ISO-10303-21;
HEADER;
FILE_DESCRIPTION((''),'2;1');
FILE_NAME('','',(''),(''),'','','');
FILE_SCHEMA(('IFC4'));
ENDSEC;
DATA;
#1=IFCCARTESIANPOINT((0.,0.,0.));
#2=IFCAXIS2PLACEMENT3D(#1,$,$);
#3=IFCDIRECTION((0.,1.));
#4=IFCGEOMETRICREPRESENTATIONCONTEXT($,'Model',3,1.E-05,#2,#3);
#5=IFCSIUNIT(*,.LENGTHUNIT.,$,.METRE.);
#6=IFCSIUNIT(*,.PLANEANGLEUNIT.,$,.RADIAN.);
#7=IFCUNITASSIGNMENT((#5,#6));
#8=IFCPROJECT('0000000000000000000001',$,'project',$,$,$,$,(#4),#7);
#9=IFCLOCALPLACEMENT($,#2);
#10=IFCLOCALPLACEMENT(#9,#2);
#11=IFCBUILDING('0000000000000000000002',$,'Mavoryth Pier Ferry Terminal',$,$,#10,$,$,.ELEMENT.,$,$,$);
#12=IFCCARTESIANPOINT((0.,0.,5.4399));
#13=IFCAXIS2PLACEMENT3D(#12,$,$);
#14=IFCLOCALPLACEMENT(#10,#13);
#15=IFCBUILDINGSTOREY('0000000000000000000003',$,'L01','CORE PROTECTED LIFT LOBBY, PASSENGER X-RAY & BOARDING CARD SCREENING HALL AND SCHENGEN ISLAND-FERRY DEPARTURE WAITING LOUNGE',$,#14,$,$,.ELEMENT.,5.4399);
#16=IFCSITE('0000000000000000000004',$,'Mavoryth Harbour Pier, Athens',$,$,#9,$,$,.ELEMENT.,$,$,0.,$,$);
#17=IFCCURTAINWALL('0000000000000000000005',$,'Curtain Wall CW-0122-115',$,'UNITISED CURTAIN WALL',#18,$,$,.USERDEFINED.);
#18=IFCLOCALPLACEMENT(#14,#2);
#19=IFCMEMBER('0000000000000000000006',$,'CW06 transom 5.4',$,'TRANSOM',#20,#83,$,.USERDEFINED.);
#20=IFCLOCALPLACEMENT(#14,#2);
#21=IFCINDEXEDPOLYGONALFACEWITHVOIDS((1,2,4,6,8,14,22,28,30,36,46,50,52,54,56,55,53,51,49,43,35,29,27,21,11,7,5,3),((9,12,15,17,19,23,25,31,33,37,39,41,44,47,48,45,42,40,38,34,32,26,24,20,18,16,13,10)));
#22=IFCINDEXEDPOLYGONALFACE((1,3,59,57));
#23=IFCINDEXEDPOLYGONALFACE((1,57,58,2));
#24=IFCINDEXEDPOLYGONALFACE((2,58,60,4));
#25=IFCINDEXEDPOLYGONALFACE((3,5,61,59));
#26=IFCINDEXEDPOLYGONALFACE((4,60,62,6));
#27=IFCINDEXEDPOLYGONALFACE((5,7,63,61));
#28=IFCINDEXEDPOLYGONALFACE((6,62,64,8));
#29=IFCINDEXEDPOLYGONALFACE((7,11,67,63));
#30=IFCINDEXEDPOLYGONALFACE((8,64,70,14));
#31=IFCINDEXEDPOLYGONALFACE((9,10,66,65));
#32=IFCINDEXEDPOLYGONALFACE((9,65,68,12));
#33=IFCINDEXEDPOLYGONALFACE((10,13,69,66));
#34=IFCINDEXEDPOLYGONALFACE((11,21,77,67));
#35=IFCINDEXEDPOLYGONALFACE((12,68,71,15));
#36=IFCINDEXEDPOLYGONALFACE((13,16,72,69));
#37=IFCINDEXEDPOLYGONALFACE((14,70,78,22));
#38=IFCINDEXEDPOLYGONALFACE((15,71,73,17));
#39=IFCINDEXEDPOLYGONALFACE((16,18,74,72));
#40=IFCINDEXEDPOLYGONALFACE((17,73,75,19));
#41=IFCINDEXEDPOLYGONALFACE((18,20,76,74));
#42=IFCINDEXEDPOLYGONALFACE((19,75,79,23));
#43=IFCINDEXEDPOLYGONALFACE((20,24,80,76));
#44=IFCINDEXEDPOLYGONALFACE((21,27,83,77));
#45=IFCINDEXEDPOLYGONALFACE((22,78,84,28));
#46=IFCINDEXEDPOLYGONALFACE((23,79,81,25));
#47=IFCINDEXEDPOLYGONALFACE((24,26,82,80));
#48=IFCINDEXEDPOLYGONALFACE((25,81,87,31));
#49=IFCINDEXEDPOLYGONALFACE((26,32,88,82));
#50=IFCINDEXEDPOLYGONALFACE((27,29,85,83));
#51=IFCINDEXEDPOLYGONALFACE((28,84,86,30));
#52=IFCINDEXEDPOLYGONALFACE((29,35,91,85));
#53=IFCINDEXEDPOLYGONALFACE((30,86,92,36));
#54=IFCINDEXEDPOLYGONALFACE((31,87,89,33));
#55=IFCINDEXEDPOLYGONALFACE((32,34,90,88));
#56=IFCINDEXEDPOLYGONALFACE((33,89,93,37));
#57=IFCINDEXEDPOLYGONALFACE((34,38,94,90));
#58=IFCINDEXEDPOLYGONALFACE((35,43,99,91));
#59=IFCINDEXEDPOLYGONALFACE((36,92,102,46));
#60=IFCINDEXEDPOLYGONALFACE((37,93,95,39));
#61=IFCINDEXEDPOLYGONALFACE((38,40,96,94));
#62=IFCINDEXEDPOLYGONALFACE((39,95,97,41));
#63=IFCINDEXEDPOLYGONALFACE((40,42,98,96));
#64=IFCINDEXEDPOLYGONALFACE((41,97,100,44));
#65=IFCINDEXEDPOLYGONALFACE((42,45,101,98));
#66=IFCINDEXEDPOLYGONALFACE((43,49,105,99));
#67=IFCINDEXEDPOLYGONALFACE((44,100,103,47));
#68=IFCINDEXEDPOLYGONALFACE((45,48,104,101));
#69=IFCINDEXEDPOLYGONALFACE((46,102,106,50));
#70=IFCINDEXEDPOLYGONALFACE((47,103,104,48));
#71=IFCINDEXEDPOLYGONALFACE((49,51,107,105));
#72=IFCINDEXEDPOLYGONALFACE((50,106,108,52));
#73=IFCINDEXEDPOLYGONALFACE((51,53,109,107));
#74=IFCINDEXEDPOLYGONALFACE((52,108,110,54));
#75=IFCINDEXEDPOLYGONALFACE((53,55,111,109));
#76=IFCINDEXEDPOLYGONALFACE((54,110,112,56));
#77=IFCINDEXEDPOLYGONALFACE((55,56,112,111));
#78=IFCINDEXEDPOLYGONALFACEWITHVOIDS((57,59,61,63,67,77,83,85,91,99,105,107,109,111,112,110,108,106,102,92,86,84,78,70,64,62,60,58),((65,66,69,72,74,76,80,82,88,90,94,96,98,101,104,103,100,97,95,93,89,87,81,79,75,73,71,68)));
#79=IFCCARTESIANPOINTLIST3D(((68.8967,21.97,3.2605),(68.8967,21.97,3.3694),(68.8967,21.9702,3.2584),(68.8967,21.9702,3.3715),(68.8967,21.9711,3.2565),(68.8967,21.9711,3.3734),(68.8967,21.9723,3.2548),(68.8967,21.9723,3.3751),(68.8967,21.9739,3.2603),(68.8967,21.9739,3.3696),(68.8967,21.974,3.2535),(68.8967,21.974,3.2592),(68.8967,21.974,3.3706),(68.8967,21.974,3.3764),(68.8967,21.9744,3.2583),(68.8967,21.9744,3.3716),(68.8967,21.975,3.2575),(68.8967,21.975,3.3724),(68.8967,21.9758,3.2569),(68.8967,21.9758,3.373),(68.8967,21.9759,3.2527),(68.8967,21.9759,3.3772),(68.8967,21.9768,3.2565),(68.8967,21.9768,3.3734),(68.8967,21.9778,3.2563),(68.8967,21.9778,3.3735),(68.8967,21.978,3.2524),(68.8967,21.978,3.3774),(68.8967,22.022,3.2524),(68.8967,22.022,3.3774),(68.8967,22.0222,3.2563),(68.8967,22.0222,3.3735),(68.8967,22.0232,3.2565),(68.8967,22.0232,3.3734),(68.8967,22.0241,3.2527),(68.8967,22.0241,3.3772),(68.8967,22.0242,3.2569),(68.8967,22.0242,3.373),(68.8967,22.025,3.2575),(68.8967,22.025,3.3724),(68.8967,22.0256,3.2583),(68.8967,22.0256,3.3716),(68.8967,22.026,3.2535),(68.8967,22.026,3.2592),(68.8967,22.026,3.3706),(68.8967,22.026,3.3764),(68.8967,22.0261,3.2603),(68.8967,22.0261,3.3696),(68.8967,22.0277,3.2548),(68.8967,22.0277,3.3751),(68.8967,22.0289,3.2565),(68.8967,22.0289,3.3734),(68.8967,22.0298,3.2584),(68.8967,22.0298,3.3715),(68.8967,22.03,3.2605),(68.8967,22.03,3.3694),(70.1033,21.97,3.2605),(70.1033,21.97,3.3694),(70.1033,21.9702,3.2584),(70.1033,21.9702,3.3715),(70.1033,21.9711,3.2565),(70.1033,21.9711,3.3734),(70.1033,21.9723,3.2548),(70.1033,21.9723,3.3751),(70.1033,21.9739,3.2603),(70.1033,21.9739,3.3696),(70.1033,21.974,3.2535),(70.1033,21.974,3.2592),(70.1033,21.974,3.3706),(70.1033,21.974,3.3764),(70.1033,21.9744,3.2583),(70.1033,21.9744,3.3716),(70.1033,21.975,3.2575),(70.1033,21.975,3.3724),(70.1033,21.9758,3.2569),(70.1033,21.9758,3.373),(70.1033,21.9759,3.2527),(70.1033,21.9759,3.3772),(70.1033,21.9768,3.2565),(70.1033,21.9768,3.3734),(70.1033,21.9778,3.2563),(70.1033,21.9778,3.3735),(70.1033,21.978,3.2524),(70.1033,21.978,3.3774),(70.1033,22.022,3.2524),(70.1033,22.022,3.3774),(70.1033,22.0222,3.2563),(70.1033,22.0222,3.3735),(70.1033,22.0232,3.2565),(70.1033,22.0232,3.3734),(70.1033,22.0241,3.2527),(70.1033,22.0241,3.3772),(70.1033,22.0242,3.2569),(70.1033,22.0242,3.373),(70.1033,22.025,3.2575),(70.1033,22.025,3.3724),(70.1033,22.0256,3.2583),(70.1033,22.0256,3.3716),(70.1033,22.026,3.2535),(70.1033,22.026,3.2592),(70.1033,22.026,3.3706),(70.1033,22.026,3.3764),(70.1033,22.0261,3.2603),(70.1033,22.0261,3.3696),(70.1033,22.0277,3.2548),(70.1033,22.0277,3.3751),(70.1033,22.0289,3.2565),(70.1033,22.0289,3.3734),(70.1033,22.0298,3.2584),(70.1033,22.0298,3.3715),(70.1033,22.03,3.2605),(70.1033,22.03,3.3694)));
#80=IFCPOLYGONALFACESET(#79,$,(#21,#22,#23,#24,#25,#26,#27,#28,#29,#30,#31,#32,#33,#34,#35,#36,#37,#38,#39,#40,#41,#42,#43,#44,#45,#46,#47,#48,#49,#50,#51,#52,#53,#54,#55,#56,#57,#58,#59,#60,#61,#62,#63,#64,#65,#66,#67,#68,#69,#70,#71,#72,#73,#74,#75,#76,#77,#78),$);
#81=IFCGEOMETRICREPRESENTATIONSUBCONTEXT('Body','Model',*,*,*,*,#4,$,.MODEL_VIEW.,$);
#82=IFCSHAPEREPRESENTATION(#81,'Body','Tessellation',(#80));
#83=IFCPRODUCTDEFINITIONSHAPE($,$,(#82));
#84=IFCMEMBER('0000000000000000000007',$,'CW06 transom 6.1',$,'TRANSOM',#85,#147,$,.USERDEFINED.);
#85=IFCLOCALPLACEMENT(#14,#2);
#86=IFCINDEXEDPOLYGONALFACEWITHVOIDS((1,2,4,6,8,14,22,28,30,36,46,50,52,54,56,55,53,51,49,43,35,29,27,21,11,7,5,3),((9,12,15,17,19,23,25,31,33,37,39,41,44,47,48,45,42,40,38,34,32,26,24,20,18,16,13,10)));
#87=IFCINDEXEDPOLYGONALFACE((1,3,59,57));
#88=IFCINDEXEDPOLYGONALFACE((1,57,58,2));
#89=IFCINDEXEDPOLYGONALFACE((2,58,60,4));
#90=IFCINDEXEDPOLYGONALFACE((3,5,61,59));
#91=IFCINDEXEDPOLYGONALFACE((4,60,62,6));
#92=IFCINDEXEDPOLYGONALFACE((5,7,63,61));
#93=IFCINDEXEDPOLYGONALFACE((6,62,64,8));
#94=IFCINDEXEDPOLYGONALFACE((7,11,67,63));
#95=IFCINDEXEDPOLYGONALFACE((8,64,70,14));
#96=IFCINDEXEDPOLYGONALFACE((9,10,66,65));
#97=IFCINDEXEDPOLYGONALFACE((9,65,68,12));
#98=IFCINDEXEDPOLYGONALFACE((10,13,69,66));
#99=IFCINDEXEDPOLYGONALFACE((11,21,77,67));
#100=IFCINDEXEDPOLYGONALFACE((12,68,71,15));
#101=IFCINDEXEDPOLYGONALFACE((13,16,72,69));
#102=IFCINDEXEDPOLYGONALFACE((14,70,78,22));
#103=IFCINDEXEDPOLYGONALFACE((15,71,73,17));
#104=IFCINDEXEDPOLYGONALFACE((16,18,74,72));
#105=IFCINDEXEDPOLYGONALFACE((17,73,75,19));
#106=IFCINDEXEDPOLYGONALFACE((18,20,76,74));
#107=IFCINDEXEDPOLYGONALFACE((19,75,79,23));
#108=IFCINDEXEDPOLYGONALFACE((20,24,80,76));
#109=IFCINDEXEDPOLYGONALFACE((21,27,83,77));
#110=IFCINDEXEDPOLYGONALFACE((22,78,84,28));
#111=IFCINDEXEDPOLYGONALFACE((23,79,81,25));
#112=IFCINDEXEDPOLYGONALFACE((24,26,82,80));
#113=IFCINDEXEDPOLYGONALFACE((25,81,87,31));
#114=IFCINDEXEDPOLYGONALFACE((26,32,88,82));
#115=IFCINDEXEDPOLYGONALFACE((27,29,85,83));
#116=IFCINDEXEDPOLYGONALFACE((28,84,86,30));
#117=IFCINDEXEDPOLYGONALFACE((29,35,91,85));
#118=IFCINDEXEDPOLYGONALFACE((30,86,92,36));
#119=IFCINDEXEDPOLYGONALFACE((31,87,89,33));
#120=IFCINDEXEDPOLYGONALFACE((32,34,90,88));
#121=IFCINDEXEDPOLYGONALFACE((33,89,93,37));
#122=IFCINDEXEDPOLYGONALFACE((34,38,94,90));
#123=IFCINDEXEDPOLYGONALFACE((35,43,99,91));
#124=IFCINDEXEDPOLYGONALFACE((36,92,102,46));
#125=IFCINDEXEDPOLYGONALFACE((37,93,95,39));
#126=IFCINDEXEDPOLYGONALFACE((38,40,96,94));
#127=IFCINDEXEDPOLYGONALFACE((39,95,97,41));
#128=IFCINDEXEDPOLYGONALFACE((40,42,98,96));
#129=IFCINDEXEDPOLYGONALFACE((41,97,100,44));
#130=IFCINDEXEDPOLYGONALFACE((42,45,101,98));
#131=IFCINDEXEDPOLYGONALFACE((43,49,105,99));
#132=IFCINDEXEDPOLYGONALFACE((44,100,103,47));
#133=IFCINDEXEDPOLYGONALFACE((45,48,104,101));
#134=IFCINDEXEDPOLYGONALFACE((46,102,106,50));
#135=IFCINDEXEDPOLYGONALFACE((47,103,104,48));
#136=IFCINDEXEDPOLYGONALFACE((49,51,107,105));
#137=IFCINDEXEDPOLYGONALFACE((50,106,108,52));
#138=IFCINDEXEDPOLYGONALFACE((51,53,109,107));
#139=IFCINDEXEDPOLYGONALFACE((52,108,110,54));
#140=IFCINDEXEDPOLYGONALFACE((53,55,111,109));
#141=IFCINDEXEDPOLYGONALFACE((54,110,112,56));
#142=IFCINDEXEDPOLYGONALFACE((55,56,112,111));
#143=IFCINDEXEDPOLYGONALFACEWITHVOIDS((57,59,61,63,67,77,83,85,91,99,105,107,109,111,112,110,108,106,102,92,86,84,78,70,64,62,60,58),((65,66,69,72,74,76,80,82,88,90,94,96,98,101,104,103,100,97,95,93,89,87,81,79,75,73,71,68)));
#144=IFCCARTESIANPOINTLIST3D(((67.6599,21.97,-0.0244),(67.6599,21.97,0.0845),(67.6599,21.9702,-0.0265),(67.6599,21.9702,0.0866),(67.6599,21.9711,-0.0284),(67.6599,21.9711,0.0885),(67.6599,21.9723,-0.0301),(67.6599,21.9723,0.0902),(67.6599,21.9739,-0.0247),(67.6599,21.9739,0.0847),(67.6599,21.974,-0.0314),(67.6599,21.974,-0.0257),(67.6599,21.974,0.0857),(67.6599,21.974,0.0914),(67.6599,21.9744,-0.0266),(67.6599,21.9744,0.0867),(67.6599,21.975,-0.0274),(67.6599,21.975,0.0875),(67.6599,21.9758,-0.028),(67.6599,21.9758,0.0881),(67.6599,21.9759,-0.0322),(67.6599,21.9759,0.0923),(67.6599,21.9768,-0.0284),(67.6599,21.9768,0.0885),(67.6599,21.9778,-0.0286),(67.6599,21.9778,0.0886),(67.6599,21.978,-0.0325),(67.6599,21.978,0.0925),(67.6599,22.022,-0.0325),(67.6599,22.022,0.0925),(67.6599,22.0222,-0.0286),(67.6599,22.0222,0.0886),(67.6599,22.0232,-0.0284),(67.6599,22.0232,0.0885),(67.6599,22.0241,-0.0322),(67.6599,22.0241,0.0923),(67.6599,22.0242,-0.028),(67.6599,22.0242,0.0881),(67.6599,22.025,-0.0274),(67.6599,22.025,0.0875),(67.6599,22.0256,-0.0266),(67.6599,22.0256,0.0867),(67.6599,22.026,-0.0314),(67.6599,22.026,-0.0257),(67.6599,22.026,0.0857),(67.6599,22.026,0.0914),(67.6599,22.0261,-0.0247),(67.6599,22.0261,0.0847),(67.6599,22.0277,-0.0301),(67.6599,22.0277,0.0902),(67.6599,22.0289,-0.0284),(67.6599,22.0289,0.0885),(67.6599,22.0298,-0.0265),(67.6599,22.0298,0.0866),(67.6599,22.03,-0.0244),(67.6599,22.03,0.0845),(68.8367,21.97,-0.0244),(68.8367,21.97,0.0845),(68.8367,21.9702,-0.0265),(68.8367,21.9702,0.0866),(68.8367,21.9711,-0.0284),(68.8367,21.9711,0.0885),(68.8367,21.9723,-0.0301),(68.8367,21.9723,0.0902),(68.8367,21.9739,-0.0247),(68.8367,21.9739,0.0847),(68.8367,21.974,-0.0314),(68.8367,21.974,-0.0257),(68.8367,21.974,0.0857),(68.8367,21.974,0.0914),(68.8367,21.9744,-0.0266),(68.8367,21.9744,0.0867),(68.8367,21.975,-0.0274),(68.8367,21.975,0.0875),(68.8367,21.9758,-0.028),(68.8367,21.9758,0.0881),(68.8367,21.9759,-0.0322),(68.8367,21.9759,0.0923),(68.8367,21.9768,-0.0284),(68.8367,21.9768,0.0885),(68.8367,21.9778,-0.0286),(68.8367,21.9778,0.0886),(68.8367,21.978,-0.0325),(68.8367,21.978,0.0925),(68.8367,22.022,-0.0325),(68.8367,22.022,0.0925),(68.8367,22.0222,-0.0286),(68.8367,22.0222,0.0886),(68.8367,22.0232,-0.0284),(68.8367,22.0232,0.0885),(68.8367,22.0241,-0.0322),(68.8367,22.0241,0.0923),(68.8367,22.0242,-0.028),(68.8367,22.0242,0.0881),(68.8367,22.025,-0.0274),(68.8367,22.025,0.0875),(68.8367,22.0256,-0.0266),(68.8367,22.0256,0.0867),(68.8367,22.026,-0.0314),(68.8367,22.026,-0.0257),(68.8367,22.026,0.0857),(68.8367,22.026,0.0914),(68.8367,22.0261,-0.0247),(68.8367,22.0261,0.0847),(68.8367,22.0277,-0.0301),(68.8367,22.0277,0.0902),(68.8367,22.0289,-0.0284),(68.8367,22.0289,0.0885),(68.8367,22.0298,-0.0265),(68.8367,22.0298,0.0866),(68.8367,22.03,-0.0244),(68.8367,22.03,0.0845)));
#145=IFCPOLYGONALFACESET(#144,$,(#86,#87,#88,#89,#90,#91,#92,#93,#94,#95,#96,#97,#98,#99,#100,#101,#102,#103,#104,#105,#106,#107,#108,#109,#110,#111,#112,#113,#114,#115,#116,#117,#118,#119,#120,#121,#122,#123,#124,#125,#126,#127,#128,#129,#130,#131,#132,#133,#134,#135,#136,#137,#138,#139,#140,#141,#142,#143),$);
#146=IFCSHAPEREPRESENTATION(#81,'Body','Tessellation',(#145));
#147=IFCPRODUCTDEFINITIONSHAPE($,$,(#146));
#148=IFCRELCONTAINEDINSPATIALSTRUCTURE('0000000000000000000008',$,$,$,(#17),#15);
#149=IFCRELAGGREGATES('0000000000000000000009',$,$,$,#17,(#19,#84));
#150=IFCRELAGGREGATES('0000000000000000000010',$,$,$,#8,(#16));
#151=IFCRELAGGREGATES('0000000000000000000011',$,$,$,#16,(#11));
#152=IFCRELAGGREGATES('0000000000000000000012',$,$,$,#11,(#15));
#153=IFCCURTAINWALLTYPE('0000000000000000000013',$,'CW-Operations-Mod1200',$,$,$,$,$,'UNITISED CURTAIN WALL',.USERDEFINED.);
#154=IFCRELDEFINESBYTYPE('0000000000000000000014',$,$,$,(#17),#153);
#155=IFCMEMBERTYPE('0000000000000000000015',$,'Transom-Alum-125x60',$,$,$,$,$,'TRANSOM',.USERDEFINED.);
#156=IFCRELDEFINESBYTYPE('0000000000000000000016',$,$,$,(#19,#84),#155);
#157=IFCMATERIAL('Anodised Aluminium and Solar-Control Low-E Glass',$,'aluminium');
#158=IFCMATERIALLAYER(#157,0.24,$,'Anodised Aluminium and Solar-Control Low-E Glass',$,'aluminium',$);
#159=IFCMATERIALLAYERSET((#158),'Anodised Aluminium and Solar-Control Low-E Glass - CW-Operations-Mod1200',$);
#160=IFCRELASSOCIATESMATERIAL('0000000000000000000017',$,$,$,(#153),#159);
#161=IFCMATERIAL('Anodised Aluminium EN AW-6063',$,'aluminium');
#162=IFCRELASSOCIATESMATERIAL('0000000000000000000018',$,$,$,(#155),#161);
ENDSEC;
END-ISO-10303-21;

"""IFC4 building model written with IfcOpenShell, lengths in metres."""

from ifc_helpers import new_model, si_unit, direction, frame, origin, origin_2d, place, context, subcontext, project, spatial, hollow_rectangle, extrude, material, layer, layer_set, material_profile, profile_set, type_object, element, aggregate, save


model = new_model("IFC4")

# Units and contexts
model_context = context("Model", 3, precision=1e-05, world=origin(), true_north=direction((0.0, 1.0)))
body_context = subcontext(model_context, "Body", "Model", "MODEL_VIEW")
ifc_project = project(units=[si_unit("LENGTHUNIT", "METRE"), si_unit("PLANEANGLEUNIT", "RADIAN")], contexts=[model_context])

# Site, building, storey
site_placement = place(None, origin())
site = spatial("IfcSite", under=ifc_project, at=site_placement, Name="Mavoryth Harbour Pier, Athens", CompositionType="ELEMENT", RefElevation=0.0)
building_placement = place(site_placement, origin())
building = spatial("IfcBuilding", under=site, at=building_placement, Name="Mavoryth Pier Ferry Terminal", CompositionType="ELEMENT")
storey_placement = place(building_placement, frame((0.0, 0.0, 5.4399)))
storey = spatial("IfcBuildingStorey", under=building, at=storey_placement, Name="L01", Description="CORE PROTECTED LIFT LOBBY, PASSENGER X-RAY & BOARDING CARD SCREENING HALL AND SCHENGEN ISLAND-FERRY DEPARTURE WAITING LOUNGE", CompositionType="ELEMENT", Elevation=5.4399)

# Curtain wall
ifc_material_1 = material(Name="Anodised Aluminium and Solar-Control Low-E Glass", Category="aluminium")
ifc_layer_1 = layer(ifc_material_1, 0.24, Name="Anodised Aluminium and Solar-Control Low-E Glass", Category="aluminium")
ifc_layer_set_1 = layer_set([ifc_layer_1], Name="Anodised Aluminium and Solar-Control Low-E Glass - CW-Operations-Mod1200")
curtain_wall_type = type_object("IfcCurtainWallType", Name="CW-Operations-Mod1200", ElementType="UNITISED CURTAIN WALL", PredefinedType="USERDEFINED", material=ifc_layer_set_1)
ifc_material_2 = material(Name="Anodised Aluminium EN AW-6063", Category="aluminium")
curtain_wall_1_placement = place(storey_placement, origin())
curtain_wall_1 = element("IfcCurtainWall", 1, at=curtain_wall_1_placement, inside=storey, type_object=curtain_wall_type, Name="Curtain Wall CW-0122-115", ObjectType="UNITISED CURTAIN WALL", PredefinedType="USERDEFINED")

# Members
ifc_material_profile_1 = material_profile(ifc_material_2, hollow_rectangle(XDim=0.0601, YDim=0.125, WallThickness=0.0039, InnerFilletRadius=0.0039, OuterFilletRadius=0.0081, at=origin_2d()), Name="AL-TRAN 125x60x4", Category="aluminium")
ifc_profile_set_1 = profile_set([ifc_material_profile_1], Name="Anodised Aluminium EN AW-6063 - AL-TRAN 125x60x4")
member_type_1 = type_object("IfcMemberType", Name="Transom-Alum-125x60", ElementType="TRANSOM", PredefinedType="USERDEFINED", material=ifc_profile_set_1)
member_1_placement = place(storey_placement, frame((70.1033, 22.0, 3.3149), z_axis=(-1.0, 0.0, 0.0), x_axis=(0.0, -1.0, 0.0)))
member_1 = element("IfcMember", 2, at=member_1_placement, type_object=member_type_1, Name="CW06 transom 5.4", ObjectType="TRANSOM", PredefinedType="USERDEFINED", context=body_context, shape_type="SweptSolid", body=[
    extrude(hollow_rectangle(XDim=0.0601, YDim=0.125, WallThickness=0.0039, InnerFilletRadius=0.0039, OuterFilletRadius=0.0081, at=origin_2d()), origin(), (0.0, 0.0, 1.0), 1.2065),
])
member_2_placement = place(storey_placement, frame((68.8367, 22.0, 0.03), z_axis=(-1.0, 0.0, 0.0), x_axis=(0.0, -1.0, 0.0)))
member_2 = element("IfcMember", 3, at=member_2_placement, type_object=member_type_1, Name="CW06 transom 6.1", ObjectType="TRANSOM", PredefinedType="USERDEFINED", context=body_context, shape_type="SweptSolid", body=[
    extrude(hollow_rectangle(XDim=0.0601, YDim=0.125, WallThickness=0.0039, InnerFilletRadius=0.0039, OuterFilletRadius=0.0081, at=origin_2d()), origin(), (0.0, 0.0, 1.0), 1.1768),
])

aggregate(curtain_wall_1, [member_1, member_2])

save(model, "model.ifc")
